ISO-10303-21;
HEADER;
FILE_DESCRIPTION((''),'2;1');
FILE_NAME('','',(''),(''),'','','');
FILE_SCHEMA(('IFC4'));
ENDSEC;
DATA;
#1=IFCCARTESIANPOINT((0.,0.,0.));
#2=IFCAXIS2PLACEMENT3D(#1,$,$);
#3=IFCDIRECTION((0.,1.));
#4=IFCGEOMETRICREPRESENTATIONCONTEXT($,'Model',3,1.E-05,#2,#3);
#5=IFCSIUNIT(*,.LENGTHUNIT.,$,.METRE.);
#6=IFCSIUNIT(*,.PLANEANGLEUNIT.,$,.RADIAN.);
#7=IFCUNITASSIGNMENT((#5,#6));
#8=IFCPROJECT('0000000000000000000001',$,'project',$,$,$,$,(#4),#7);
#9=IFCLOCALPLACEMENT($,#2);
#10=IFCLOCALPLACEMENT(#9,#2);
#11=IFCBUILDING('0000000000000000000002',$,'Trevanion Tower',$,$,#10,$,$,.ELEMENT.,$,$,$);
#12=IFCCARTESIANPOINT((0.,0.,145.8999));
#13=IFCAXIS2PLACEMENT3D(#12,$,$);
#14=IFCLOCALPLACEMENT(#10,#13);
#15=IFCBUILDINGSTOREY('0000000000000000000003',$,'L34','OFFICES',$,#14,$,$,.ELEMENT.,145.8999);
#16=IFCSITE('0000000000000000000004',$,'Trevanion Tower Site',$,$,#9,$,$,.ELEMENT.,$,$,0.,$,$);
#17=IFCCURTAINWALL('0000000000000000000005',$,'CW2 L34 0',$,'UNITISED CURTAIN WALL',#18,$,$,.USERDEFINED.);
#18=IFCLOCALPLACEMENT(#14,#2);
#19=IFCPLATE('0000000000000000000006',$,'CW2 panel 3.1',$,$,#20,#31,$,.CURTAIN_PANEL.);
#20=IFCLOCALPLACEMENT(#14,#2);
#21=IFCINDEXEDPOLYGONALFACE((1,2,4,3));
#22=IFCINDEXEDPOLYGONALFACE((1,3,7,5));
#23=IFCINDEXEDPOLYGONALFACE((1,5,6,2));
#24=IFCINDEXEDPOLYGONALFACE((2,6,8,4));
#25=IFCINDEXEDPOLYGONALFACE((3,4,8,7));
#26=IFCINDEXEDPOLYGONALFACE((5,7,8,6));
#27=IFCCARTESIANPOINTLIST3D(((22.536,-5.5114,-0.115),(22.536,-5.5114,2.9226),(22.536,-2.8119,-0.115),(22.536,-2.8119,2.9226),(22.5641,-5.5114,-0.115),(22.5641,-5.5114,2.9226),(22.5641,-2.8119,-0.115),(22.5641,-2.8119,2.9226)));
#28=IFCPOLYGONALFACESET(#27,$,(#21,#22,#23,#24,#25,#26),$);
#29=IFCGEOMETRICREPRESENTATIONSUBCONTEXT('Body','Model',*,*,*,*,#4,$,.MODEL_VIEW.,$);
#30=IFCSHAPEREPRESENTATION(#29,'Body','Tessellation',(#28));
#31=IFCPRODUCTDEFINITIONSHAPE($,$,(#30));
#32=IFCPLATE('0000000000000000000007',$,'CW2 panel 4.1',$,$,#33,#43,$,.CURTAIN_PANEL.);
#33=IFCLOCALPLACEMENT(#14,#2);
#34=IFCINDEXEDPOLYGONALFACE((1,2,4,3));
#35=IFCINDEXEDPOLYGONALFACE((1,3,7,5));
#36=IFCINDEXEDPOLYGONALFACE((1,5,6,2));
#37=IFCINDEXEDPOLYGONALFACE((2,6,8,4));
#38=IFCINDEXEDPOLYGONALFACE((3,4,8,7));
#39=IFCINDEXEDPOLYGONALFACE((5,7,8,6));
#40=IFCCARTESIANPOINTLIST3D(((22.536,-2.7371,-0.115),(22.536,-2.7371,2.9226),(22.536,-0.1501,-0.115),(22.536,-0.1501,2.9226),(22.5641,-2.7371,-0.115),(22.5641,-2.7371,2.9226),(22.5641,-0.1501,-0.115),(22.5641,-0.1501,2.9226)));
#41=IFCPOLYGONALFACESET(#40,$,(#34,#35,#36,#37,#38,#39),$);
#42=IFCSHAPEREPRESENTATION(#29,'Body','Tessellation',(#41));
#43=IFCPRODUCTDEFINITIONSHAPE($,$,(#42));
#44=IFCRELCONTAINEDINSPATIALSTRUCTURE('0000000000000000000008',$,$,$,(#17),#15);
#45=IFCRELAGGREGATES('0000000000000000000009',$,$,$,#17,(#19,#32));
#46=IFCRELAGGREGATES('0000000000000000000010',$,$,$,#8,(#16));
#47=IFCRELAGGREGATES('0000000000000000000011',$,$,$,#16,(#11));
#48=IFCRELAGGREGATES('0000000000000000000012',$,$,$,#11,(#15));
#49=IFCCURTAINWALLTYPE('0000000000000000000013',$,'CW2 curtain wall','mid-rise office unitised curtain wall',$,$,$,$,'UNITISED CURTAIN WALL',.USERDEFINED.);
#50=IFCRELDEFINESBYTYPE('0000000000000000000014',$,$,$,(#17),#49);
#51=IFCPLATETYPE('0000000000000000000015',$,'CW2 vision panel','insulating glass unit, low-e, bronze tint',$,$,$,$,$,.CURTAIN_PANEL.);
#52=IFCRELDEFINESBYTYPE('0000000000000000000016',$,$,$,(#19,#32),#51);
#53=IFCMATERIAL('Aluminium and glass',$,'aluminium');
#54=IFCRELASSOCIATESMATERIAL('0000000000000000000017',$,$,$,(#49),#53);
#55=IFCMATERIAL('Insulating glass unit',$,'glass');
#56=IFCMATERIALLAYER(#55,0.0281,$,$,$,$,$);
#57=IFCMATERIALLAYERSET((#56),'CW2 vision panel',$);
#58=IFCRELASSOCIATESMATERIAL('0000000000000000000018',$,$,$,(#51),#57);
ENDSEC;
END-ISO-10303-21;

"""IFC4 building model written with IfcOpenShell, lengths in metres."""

from ifc_helpers import new_model, si_unit, direction, frame, origin, origin_2d, place, context, subcontext, project, spatial, rectangle, extrude, material, layer, layer_set, type_object, element, aggregate, save


model = new_model("IFC4")

# Units and contexts
model_context = context("Model", 3, precision=1e-05, world=origin(), true_north=direction((0.0, 1.0)))
body_context = subcontext(model_context, "Body", "Model", "MODEL_VIEW")
ifc_project = project(units=[si_unit("LENGTHUNIT", "METRE"), si_unit("PLANEANGLEUNIT", "RADIAN")], contexts=[model_context])

# Site, building, storey
site_placement = place(None, origin())
site = spatial("IfcSite", under=ifc_project, at=site_placement, Name="Trevanion Tower Site", CompositionType="ELEMENT", RefElevation=0.0)
building_placement = place(site_placement, origin())
building = spatial("IfcBuilding", under=site, at=building_placement, Name="Trevanion Tower", CompositionType="ELEMENT")
storey_placement = place(building_placement, frame((0.0, 0.0, 145.8999)))
storey = spatial("IfcBuildingStorey", under=building, at=storey_placement, Name="L34", Description="OFFICES", CompositionType="ELEMENT", Elevation=145.8999)

# Curtain wall, plates
ifc_material_1 = material(Name="Aluminium and glass", Category="aluminium")
curtain_wall_type = type_object("IfcCurtainWallType", Name="CW2 curtain wall", Description="mid-rise office unitised curtain wall", ElementType="UNITISED CURTAIN WALL", PredefinedType="USERDEFINED", material=ifc_material_1)
curtain_wall_placement = place(storey_placement, origin())
curtain_wall = element("IfcCurtainWall", 1, at=curtain_wall_placement, inside=storey, type_object=curtain_wall_type, Name="CW2 L34 0", ObjectType="UNITISED CURTAIN WALL", PredefinedType="USERDEFINED")
ifc_material_2 = material(Name="Insulating glass unit", Category="glass")
ifc_layer_1 = layer(ifc_material_2, 0.0281)
ifc_layer_set_1 = layer_set([ifc_layer_1], Name="CW2 vision panel")
plate_type_1 = type_object("IfcPlateType", Name="CW2 vision panel", Description="insulating glass unit, low-e, bronze tint", PredefinedType="CURTAIN_PANEL", material=ifc_layer_set_1)
plate_1_placement = place(storey_placement, frame((22.55, -4.1616, -0.115), z_axis=(0.0, 0.0, 1.0), x_axis=(0.0, 1.0, 0.0)))
plate_1 = element("IfcPlate", 2, at=plate_1_placement, type_object=plate_type_1, Name="CW2 panel 3.1", PredefinedType="CURTAIN_PANEL", context=body_context, shape_type="SweptSolid", body=[
    extrude(rectangle(XDim=2.6995, YDim=0.0281, at=origin_2d()), origin(), (0.0, 0.0, 1.0), 3.0376),
])
plate_2_placement = place(storey_placement, frame((22.55, -1.4436, -0.115), z_axis=(0.0, 0.0, 1.0), x_axis=(0.0, 1.0, 0.0)))
plate_2 = element("IfcPlate", 3, at=plate_2_placement, type_object=plate_type_1, Name="CW2 panel 4.1", PredefinedType="CURTAIN_PANEL", context=body_context, shape_type="SweptSolid", body=[
    extrude(rectangle(XDim=2.5869, YDim=0.0281, at=origin_2d()), origin(), (0.0, 0.0, 1.0), 3.0376),
])
aggregate(curtain_wall, [plate_1, plate_2])

save(model, "model.ifc")
